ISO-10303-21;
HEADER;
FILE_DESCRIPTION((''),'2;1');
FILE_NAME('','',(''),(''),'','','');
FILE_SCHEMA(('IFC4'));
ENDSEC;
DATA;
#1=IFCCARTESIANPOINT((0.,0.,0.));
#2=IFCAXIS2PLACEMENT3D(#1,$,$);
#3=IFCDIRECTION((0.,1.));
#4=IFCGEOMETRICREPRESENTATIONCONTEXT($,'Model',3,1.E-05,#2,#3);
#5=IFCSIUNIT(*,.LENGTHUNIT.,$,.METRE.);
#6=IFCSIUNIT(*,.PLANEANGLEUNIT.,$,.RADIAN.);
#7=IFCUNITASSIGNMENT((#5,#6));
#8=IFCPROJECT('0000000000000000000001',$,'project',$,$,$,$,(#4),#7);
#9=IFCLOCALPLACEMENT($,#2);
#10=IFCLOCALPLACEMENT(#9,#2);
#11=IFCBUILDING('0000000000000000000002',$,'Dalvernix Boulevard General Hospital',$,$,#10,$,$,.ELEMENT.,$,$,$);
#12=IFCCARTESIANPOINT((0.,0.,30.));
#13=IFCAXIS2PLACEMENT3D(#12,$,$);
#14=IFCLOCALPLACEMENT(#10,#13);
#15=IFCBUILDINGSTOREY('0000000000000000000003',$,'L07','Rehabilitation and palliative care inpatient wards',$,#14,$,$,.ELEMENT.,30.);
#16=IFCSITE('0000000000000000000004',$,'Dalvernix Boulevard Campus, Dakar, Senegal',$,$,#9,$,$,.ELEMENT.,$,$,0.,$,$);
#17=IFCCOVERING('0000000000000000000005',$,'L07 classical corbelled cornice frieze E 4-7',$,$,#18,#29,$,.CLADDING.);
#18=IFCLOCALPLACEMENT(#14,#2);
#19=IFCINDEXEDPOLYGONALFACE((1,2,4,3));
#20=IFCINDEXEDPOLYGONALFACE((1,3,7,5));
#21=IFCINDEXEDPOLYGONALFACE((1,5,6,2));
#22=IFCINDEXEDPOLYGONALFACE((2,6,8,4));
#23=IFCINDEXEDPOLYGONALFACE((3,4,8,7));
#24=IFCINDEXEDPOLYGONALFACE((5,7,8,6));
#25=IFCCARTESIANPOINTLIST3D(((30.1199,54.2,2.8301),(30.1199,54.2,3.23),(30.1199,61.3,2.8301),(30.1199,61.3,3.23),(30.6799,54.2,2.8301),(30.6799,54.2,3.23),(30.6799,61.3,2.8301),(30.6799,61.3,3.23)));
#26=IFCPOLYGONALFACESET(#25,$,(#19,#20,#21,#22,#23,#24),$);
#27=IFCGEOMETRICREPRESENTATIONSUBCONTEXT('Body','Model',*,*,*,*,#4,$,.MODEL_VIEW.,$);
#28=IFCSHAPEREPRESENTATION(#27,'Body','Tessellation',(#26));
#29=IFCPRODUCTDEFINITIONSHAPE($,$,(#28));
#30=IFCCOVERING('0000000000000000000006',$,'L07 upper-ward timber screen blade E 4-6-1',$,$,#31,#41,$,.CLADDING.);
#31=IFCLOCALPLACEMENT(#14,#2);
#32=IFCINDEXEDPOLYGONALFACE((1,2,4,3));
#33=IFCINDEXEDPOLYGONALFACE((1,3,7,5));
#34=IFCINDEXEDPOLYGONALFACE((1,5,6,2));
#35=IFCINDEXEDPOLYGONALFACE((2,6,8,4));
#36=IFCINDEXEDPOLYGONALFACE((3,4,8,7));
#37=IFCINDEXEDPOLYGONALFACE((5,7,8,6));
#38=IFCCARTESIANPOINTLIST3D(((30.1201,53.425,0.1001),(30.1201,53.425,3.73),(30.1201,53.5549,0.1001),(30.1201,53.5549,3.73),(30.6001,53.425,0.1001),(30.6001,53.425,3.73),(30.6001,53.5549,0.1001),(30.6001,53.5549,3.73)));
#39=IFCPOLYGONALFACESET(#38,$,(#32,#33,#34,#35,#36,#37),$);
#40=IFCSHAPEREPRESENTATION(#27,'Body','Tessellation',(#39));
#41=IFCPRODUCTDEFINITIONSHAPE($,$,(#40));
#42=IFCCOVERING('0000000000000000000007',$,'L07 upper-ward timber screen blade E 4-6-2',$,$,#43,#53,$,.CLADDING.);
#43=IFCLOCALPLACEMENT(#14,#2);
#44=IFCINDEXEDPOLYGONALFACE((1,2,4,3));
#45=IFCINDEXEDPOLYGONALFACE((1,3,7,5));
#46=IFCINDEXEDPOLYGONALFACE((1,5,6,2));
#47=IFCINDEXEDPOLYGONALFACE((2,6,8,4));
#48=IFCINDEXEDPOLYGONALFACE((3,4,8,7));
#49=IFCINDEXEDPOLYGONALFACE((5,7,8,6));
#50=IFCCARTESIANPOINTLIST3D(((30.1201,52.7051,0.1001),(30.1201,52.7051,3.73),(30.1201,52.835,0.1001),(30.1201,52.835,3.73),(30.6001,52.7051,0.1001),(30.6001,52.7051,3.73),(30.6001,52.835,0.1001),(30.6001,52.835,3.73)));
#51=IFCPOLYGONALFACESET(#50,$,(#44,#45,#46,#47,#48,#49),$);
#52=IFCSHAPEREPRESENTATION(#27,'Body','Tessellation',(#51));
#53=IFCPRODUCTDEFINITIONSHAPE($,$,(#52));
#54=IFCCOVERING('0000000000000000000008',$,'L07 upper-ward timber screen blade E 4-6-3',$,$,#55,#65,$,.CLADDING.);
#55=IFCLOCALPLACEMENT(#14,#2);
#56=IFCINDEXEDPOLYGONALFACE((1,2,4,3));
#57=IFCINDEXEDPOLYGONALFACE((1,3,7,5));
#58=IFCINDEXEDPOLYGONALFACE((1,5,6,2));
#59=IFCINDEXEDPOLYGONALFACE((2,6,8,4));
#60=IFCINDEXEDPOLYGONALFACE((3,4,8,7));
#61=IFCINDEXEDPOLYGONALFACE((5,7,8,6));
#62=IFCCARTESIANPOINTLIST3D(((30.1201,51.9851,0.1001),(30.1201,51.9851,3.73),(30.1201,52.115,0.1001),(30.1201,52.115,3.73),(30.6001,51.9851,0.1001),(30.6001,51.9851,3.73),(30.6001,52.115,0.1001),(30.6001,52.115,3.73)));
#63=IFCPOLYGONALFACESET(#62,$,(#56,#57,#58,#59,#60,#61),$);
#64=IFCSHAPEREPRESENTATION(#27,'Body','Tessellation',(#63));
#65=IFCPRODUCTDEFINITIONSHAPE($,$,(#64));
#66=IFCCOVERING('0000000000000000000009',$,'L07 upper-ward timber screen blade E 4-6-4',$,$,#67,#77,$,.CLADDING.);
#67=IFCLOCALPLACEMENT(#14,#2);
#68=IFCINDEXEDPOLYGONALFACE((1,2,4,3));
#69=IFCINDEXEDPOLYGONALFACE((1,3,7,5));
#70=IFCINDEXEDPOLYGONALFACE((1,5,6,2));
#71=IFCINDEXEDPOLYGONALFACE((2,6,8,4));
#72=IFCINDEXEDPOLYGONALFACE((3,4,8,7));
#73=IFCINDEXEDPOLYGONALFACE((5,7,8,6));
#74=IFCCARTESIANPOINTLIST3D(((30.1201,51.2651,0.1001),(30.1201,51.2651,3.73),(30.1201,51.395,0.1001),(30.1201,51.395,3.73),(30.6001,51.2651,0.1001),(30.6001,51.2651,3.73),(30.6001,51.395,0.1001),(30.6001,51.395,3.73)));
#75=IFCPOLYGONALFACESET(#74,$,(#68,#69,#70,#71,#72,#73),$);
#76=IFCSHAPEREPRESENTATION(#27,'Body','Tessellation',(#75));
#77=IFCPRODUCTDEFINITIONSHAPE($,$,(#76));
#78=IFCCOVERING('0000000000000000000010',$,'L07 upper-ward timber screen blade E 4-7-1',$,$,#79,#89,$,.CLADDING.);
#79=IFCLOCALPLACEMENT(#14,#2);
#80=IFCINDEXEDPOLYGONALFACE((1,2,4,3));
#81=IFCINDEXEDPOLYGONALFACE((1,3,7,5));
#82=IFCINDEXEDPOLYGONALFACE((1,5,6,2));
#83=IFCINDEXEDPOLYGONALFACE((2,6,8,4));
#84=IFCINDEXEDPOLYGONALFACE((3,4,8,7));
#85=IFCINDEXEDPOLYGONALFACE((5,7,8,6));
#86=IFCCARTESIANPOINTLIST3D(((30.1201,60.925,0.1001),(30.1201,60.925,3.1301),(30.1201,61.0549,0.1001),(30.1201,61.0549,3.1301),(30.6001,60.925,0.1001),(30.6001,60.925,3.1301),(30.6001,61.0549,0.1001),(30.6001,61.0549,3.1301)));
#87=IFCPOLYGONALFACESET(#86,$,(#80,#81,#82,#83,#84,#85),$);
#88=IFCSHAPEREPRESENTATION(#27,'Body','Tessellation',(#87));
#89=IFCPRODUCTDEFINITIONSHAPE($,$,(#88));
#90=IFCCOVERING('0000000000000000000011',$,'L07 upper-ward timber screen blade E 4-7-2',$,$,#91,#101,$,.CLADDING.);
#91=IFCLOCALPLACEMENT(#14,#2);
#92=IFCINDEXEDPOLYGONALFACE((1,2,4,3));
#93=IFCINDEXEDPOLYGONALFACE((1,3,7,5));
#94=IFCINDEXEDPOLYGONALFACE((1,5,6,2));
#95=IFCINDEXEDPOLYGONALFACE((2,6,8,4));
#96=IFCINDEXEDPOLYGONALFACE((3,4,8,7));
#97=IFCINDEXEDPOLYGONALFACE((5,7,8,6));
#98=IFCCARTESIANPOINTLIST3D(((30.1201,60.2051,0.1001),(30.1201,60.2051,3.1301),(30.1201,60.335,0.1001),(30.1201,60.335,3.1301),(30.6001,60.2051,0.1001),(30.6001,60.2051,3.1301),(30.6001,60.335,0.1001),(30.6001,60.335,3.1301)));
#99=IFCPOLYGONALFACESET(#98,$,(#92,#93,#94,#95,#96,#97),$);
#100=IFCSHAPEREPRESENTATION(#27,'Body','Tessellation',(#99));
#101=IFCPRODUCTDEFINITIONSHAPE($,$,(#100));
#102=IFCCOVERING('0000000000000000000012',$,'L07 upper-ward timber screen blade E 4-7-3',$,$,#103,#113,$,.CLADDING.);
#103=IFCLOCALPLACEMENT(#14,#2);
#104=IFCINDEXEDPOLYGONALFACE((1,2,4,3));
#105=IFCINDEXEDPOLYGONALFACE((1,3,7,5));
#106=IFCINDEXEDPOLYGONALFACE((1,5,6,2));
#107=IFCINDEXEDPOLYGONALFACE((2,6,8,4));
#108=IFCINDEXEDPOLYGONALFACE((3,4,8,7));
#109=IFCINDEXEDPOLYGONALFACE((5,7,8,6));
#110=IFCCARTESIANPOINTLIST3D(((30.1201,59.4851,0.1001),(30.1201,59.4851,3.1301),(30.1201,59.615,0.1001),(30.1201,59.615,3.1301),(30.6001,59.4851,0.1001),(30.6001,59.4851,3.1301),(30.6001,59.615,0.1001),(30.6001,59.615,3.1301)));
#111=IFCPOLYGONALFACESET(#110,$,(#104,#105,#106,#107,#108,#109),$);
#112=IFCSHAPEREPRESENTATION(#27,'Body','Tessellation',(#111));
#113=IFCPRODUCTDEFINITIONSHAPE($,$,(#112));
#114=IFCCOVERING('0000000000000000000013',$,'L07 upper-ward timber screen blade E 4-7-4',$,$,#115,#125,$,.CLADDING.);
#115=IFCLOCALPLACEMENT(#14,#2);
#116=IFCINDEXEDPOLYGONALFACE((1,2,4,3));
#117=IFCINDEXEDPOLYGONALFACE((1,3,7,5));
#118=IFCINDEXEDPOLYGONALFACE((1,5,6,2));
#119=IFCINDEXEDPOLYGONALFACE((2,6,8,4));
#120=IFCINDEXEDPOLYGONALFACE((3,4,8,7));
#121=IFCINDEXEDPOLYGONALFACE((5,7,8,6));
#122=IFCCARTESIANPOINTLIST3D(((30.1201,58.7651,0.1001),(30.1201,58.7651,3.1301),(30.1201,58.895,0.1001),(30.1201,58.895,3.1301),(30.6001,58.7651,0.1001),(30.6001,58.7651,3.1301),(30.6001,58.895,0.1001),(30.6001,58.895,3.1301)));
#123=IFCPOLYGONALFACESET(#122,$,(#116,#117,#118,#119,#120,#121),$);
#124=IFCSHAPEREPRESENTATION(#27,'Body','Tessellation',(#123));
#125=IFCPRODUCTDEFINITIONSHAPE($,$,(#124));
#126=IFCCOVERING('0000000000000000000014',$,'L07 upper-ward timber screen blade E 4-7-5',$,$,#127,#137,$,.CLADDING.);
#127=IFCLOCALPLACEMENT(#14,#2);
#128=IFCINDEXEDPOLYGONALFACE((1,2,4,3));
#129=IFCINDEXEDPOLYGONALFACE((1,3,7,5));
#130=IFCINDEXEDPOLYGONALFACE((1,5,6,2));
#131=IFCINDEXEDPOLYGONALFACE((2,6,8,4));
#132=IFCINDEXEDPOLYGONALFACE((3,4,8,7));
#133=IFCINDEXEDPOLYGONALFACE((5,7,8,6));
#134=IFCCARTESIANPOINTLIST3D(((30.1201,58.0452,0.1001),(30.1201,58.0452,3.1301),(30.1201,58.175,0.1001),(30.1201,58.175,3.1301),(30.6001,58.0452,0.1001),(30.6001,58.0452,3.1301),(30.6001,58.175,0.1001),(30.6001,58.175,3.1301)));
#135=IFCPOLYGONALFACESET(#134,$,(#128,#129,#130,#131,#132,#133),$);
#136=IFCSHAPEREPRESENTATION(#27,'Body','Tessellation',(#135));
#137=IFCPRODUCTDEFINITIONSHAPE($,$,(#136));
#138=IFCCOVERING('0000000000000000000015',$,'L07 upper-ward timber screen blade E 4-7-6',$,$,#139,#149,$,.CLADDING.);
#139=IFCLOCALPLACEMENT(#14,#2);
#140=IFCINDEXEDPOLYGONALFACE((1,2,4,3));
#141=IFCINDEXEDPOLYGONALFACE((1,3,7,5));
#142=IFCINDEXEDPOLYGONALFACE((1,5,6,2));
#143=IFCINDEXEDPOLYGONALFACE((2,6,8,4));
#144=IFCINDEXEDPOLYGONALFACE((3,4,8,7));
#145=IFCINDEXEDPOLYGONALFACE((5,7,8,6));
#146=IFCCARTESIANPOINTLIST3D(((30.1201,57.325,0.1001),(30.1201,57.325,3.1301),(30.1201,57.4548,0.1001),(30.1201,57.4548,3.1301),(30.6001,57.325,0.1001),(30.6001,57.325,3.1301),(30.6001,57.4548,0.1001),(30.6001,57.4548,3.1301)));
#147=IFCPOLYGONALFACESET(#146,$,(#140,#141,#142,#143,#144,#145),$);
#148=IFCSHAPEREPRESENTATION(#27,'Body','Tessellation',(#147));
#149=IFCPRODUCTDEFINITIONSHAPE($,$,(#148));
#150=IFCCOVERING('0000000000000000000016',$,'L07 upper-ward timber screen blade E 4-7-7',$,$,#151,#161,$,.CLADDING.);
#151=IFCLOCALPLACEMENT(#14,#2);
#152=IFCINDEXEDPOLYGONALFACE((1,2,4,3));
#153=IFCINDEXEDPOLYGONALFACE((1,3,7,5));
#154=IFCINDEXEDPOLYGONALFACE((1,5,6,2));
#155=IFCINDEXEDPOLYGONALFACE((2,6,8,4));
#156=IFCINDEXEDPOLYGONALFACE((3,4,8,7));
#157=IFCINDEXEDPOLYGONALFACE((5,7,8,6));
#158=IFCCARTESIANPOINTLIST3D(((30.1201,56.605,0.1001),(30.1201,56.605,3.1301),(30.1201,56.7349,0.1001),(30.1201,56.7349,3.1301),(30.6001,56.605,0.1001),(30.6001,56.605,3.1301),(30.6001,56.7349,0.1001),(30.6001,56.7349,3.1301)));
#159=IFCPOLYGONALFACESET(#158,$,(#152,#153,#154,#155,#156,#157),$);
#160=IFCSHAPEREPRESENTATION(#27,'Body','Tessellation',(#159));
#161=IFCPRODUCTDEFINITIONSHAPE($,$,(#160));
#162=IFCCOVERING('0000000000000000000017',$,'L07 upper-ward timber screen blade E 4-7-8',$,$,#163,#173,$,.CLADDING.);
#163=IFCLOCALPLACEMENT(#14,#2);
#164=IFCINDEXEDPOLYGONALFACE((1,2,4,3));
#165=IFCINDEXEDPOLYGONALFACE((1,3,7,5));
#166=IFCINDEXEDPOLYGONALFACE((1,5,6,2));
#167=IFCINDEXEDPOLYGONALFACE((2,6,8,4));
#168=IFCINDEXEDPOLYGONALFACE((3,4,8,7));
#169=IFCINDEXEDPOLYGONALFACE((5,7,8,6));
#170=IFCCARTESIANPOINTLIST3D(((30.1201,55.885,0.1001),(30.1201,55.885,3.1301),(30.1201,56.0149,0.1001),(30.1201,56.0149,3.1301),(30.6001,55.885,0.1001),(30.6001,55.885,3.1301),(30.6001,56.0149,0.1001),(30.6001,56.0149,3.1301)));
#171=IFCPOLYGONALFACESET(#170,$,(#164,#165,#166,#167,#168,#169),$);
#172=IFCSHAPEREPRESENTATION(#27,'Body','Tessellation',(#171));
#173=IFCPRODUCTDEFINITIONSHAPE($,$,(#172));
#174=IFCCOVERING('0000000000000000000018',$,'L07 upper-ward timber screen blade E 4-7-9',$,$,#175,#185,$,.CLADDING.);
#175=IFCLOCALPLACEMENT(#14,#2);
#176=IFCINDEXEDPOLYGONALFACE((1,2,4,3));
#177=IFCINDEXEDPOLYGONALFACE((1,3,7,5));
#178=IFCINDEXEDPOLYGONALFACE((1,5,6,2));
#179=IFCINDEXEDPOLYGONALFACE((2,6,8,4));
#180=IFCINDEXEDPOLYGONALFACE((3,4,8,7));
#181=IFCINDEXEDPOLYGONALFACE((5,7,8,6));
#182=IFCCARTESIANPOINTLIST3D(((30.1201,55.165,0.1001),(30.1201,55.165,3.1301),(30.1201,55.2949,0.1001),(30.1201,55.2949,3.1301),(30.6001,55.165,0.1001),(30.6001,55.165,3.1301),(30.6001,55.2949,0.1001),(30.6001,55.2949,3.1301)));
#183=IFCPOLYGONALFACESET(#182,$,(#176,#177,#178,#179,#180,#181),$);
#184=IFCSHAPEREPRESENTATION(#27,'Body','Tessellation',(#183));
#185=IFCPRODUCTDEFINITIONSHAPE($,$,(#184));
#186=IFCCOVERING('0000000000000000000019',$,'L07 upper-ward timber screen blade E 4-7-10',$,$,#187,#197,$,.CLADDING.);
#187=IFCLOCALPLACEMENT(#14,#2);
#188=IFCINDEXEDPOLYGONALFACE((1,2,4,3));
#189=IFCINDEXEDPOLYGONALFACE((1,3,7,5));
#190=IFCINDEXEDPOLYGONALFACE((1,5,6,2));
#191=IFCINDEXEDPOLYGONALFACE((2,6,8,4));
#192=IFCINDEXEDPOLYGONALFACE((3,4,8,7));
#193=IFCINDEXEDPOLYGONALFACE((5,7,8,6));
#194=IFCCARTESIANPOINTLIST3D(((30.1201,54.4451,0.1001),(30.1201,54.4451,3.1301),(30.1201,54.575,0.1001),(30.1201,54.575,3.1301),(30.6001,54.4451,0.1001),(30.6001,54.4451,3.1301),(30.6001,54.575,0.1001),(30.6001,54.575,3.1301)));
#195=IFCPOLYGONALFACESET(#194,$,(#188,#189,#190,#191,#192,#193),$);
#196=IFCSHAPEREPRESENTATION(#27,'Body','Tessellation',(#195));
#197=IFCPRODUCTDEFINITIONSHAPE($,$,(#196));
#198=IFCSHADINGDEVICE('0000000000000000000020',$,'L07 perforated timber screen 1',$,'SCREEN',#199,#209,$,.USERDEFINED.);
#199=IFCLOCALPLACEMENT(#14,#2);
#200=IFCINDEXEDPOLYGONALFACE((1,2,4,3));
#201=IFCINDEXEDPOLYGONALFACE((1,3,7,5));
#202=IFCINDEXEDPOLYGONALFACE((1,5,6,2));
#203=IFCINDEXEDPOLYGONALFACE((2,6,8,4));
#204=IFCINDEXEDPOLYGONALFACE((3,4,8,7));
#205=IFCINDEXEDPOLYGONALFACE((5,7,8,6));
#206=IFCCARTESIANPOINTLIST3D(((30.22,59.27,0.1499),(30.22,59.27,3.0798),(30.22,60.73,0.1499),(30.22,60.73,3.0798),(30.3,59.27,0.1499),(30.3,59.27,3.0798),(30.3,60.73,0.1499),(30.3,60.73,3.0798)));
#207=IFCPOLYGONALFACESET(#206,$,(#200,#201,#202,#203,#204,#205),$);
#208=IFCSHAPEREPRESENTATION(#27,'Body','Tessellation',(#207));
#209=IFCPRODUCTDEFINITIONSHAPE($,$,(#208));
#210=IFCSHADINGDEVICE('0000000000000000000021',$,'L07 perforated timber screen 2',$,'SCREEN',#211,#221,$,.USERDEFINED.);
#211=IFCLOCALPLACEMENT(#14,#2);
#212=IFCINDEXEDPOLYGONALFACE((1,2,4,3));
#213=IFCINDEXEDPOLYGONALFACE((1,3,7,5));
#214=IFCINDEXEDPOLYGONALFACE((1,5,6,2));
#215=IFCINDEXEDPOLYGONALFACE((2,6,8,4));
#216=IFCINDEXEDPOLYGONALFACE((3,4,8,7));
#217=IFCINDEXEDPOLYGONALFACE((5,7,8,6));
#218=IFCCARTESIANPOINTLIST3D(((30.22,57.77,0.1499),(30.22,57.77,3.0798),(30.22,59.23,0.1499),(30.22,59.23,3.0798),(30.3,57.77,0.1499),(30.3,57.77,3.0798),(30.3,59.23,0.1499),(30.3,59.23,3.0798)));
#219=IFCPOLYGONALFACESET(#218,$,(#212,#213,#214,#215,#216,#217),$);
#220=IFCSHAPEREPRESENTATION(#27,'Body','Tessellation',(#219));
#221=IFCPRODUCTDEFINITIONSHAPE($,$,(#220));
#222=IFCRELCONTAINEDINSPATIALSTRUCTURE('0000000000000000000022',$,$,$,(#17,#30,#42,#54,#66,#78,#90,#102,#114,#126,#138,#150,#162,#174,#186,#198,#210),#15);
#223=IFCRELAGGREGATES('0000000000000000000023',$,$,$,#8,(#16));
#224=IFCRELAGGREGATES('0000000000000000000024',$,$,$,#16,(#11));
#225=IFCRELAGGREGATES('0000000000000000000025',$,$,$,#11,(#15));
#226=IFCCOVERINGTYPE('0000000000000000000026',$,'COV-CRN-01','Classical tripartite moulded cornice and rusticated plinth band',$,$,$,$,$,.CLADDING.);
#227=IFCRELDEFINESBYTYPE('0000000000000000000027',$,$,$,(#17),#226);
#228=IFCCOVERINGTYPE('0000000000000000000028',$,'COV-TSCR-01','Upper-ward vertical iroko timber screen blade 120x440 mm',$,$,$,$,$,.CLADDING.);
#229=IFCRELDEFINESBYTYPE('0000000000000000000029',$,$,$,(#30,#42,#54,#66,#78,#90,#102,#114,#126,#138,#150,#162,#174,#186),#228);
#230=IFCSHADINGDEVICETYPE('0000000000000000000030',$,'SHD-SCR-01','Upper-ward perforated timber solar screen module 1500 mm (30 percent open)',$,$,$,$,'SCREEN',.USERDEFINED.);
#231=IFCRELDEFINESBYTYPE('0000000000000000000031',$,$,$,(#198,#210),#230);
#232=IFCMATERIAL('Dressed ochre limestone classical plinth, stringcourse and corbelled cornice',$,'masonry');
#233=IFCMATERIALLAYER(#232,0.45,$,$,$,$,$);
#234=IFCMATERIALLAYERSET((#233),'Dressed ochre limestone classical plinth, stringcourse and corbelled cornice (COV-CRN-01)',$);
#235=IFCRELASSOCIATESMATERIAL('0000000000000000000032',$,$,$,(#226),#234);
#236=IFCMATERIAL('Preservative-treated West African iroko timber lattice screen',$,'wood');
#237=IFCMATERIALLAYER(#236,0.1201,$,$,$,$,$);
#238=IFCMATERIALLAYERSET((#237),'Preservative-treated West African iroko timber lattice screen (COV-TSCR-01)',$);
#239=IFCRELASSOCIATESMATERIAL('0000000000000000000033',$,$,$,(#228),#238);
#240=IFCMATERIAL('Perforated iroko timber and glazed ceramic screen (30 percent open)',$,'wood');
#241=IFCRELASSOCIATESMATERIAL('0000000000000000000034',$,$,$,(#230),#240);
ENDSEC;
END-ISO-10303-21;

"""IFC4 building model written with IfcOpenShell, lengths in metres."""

from ifc_helpers import new_model, si_unit, direction, frame, origin, origin_2d, place, context, subcontext, project, spatial, rectangle, extrude, material, layer, layer_set, type_object, element, save


model = new_model("IFC4")

# Units and contexts
model_context = context("Model", 3, precision=1e-05, world=origin(), true_north=direction((0.0, 1.0)))
body_context = subcontext(model_context, "Body", "Model", "MODEL_VIEW")
ifc_project = project(units=[si_unit("LENGTHUNIT", "METRE"), si_unit("PLANEANGLEUNIT", "RADIAN")], contexts=[model_context])

# Site, building, storey
site_placement = place(None, origin())
site = spatial("IfcSite", under=ifc_project, at=site_placement, Name="Dalvernix Boulevard Campus, Dakar, Senegal", CompositionType="ELEMENT", RefElevation=0.0)
building_placement = place(site_placement, origin())
building = spatial("IfcBuilding", under=site, at=building_placement, Name="Dalvernix Boulevard General Hospital", CompositionType="ELEMENT")
storey_placement = place(building_placement, frame((0.0, 0.0, 30.0)))
storey = spatial("IfcBuildingStorey", under=building, at=storey_placement, Name="L07", Description="Rehabilitation and palliative care inpatient wards", CompositionType="ELEMENT", Elevation=30.0)

# Coverings
ifc_material_1 = material(Name="Dressed ochre limestone classical plinth, stringcourse and corbelled cornice", Category="masonry")
ifc_layer_1 = layer(ifc_material_1, 0.45)
ifc_layer_set_1 = layer_set([ifc_layer_1], Name="Dressed ochre limestone classical plinth, stringcourse and corbelled cornice (COV-CRN-01)")
covering_type_1 = type_object("IfcCoveringType", Name="COV-CRN-01", Description="Classical tripartite moulded cornice and rusticated plinth band", PredefinedType="CLADDING", material=ifc_layer_set_1)
covering_placement = place(storey_placement, frame((30.3999, 57.75, 2.8301), z_axis=(0.0, 0.0, 1.0), x_axis=(0.0, -1.0, 0.0)))
element("IfcCovering", 1, at=covering_placement, inside=storey, type_object=covering_type_1, Name="L07 classical corbelled cornice frieze E 4-7", PredefinedType="CLADDING", context=body_context, shape_type="SweptSolid", body=[
    extrude(rectangle(XDim=7.1001, YDim=0.5601, at=origin_2d()), origin(), (0.0, 0.0, 1.0), 0.3999),
])
ifc_material_2 = material(Name="Preservative-treated West African iroko timber lattice screen", Category="wood")
ifc_layer_2 = layer(ifc_material_2, 0.1201)
ifc_layer_set_2 = layer_set([ifc_layer_2], Name="Preservative-treated West African iroko timber lattice screen (COV-TSCR-01)")
covering_type_2 = type_object("IfcCoveringType", Name="COV-TSCR-01", Description="Upper-ward vertical iroko timber screen blade 120x440 mm", PredefinedType="CLADDING", material=ifc_layer_set_2)
for number, where, z_axis, x_axis, name in (
    (2, (30.3601, 53.49, 0.1001), (0.0, 0.0, 1.0), (0.0, -1.0, 0.0), "L07 upper-ward timber screen blade E 4-6-1"),
    (3, (30.3601, 52.77, 0.1001), (0.0, 0.0, 1.0), (0.0, -1.0, 0.0), "L07 upper-ward timber screen blade E 4-6-2"),
    (4, (30.3601, 52.05, 0.1001), (0.0, 0.0, 1.0), (0.0, -1.0, 0.0), "L07 upper-ward timber screen blade E 4-6-3"),
    (5, (30.3601, 51.3301, 0.1001), (0.0, 0.0, 1.0), (0.0, -1.0, 0.0), "L07 upper-ward timber screen blade E 4-6-4"),
):
    element("IfcCovering", number, at=place(storey_placement, frame(where, z_axis=z_axis, x_axis=x_axis)), inside=storey, type_object=covering_type_2, Name=name, PredefinedType="CLADDING", context=body_context, shape_type="SweptSolid", body=[
        extrude(rectangle(XDim=0.1299, YDim=0.48, at=origin_2d()), origin(), (0.0, 0.0, 1.0), 3.6299),
    ])
for number, where, z_axis, x_axis, name in (
    (6, (30.3601, 60.99, 0.1001), (0.0, 0.0, 1.0), (0.0, -1.0, 0.0), "L07 upper-ward timber screen blade E 4-7-1"),
    (7, (30.3601, 60.27, 0.1001), (0.0, 0.0, 1.0), (0.0, -1.0, 0.0), "L07 upper-ward timber screen blade E 4-7-2"),
    (8, (30.3601, 59.55, 0.1001), (0.0, 0.0, 1.0), (0.0, -1.0, 0.0), "L07 upper-ward timber screen blade E 4-7-3"),
    (9, (30.3601, 58.8301, 0.1001), (0.0, 0.0, 1.0), (0.0, -1.0, 0.0), "L07 upper-ward timber screen blade E 4-7-4"),
    (10, (30.3601, 58.1101, 0.1001), (0.0, 0.0, 1.0), (0.0, -1.0, 0.0), "L07 upper-ward timber screen blade E 4-7-5"),
    (11, (30.3601, 57.3899, 0.1001), (0.0, 0.0, 1.0), (0.0, -1.0, 0.0), "L07 upper-ward timber screen blade E 4-7-6"),
    (12, (30.3601, 56.6699, 0.1001), (0.0, 0.0, 1.0), (0.0, -1.0, 0.0), "L07 upper-ward timber screen blade E 4-7-7"),
    (13, (30.3601, 55.95, 0.1001), (0.0, 0.0, 1.0), (0.0, -1.0, 0.0), "L07 upper-ward timber screen blade E 4-7-8"),
    (14, (30.3601, 55.23, 0.1001), (0.0, 0.0, 1.0), (0.0, -1.0, 0.0), "L07 upper-ward timber screen blade E 4-7-9"),
    (15, (30.3601, 54.51, 0.1001), (0.0, 0.0, 1.0), (0.0, -1.0, 0.0), "L07 upper-ward timber screen blade E 4-7-10"),
):
    element("IfcCovering", number, at=place(storey_placement, frame(where, z_axis=z_axis, x_axis=x_axis)), inside=storey, type_object=covering_type_2, Name=name, PredefinedType="CLADDING", context=body_context, shape_type="SweptSolid", body=[
        extrude(rectangle(XDim=0.1299, YDim=0.48, at=origin_2d()), origin(), (0.0, 0.0, 1.0), 3.03),
    ])

# Shading devices
ifc_material_3 = material(Name="Perforated iroko timber and glazed ceramic screen (30 percent open)", Category="wood")
shading_device_type = type_object("IfcShadingDeviceType", Name="SHD-SCR-01", Description="Upper-ward perforated timber solar screen module 1500 mm (30 percent open)", ElementType="SCREEN", PredefinedType="USERDEFINED", material=ifc_material_3)
for number, where, z_axis, x_axis, name in (
    (16, (30.26, 60.0, 0.1499), (0.0, 0.0, 1.0), (0.0, -1.0, 0.0), "L07 perforated timber screen 1"),
    (17, (30.26, 58.5, 0.1499), (0.0, 0.0, 1.0), (0.0, -1.0, 0.0), "L07 perforated timber screen 2"),
):
    element("IfcShadingDevice", number, at=place(storey_placement, frame(where, z_axis=z_axis, x_axis=x_axis)), inside=storey, type_object=shading_device_type, Name=name, ObjectType="SCREEN", PredefinedType="USERDEFINED", context=body_context, shape_type="SweptSolid", body=[
        extrude(rectangle(XDim=1.46, YDim=0.0801, at=origin_2d()), origin(), (0.0, 0.0, 1.0), 2.9299),
    ])

save(model, "model.ifc")
